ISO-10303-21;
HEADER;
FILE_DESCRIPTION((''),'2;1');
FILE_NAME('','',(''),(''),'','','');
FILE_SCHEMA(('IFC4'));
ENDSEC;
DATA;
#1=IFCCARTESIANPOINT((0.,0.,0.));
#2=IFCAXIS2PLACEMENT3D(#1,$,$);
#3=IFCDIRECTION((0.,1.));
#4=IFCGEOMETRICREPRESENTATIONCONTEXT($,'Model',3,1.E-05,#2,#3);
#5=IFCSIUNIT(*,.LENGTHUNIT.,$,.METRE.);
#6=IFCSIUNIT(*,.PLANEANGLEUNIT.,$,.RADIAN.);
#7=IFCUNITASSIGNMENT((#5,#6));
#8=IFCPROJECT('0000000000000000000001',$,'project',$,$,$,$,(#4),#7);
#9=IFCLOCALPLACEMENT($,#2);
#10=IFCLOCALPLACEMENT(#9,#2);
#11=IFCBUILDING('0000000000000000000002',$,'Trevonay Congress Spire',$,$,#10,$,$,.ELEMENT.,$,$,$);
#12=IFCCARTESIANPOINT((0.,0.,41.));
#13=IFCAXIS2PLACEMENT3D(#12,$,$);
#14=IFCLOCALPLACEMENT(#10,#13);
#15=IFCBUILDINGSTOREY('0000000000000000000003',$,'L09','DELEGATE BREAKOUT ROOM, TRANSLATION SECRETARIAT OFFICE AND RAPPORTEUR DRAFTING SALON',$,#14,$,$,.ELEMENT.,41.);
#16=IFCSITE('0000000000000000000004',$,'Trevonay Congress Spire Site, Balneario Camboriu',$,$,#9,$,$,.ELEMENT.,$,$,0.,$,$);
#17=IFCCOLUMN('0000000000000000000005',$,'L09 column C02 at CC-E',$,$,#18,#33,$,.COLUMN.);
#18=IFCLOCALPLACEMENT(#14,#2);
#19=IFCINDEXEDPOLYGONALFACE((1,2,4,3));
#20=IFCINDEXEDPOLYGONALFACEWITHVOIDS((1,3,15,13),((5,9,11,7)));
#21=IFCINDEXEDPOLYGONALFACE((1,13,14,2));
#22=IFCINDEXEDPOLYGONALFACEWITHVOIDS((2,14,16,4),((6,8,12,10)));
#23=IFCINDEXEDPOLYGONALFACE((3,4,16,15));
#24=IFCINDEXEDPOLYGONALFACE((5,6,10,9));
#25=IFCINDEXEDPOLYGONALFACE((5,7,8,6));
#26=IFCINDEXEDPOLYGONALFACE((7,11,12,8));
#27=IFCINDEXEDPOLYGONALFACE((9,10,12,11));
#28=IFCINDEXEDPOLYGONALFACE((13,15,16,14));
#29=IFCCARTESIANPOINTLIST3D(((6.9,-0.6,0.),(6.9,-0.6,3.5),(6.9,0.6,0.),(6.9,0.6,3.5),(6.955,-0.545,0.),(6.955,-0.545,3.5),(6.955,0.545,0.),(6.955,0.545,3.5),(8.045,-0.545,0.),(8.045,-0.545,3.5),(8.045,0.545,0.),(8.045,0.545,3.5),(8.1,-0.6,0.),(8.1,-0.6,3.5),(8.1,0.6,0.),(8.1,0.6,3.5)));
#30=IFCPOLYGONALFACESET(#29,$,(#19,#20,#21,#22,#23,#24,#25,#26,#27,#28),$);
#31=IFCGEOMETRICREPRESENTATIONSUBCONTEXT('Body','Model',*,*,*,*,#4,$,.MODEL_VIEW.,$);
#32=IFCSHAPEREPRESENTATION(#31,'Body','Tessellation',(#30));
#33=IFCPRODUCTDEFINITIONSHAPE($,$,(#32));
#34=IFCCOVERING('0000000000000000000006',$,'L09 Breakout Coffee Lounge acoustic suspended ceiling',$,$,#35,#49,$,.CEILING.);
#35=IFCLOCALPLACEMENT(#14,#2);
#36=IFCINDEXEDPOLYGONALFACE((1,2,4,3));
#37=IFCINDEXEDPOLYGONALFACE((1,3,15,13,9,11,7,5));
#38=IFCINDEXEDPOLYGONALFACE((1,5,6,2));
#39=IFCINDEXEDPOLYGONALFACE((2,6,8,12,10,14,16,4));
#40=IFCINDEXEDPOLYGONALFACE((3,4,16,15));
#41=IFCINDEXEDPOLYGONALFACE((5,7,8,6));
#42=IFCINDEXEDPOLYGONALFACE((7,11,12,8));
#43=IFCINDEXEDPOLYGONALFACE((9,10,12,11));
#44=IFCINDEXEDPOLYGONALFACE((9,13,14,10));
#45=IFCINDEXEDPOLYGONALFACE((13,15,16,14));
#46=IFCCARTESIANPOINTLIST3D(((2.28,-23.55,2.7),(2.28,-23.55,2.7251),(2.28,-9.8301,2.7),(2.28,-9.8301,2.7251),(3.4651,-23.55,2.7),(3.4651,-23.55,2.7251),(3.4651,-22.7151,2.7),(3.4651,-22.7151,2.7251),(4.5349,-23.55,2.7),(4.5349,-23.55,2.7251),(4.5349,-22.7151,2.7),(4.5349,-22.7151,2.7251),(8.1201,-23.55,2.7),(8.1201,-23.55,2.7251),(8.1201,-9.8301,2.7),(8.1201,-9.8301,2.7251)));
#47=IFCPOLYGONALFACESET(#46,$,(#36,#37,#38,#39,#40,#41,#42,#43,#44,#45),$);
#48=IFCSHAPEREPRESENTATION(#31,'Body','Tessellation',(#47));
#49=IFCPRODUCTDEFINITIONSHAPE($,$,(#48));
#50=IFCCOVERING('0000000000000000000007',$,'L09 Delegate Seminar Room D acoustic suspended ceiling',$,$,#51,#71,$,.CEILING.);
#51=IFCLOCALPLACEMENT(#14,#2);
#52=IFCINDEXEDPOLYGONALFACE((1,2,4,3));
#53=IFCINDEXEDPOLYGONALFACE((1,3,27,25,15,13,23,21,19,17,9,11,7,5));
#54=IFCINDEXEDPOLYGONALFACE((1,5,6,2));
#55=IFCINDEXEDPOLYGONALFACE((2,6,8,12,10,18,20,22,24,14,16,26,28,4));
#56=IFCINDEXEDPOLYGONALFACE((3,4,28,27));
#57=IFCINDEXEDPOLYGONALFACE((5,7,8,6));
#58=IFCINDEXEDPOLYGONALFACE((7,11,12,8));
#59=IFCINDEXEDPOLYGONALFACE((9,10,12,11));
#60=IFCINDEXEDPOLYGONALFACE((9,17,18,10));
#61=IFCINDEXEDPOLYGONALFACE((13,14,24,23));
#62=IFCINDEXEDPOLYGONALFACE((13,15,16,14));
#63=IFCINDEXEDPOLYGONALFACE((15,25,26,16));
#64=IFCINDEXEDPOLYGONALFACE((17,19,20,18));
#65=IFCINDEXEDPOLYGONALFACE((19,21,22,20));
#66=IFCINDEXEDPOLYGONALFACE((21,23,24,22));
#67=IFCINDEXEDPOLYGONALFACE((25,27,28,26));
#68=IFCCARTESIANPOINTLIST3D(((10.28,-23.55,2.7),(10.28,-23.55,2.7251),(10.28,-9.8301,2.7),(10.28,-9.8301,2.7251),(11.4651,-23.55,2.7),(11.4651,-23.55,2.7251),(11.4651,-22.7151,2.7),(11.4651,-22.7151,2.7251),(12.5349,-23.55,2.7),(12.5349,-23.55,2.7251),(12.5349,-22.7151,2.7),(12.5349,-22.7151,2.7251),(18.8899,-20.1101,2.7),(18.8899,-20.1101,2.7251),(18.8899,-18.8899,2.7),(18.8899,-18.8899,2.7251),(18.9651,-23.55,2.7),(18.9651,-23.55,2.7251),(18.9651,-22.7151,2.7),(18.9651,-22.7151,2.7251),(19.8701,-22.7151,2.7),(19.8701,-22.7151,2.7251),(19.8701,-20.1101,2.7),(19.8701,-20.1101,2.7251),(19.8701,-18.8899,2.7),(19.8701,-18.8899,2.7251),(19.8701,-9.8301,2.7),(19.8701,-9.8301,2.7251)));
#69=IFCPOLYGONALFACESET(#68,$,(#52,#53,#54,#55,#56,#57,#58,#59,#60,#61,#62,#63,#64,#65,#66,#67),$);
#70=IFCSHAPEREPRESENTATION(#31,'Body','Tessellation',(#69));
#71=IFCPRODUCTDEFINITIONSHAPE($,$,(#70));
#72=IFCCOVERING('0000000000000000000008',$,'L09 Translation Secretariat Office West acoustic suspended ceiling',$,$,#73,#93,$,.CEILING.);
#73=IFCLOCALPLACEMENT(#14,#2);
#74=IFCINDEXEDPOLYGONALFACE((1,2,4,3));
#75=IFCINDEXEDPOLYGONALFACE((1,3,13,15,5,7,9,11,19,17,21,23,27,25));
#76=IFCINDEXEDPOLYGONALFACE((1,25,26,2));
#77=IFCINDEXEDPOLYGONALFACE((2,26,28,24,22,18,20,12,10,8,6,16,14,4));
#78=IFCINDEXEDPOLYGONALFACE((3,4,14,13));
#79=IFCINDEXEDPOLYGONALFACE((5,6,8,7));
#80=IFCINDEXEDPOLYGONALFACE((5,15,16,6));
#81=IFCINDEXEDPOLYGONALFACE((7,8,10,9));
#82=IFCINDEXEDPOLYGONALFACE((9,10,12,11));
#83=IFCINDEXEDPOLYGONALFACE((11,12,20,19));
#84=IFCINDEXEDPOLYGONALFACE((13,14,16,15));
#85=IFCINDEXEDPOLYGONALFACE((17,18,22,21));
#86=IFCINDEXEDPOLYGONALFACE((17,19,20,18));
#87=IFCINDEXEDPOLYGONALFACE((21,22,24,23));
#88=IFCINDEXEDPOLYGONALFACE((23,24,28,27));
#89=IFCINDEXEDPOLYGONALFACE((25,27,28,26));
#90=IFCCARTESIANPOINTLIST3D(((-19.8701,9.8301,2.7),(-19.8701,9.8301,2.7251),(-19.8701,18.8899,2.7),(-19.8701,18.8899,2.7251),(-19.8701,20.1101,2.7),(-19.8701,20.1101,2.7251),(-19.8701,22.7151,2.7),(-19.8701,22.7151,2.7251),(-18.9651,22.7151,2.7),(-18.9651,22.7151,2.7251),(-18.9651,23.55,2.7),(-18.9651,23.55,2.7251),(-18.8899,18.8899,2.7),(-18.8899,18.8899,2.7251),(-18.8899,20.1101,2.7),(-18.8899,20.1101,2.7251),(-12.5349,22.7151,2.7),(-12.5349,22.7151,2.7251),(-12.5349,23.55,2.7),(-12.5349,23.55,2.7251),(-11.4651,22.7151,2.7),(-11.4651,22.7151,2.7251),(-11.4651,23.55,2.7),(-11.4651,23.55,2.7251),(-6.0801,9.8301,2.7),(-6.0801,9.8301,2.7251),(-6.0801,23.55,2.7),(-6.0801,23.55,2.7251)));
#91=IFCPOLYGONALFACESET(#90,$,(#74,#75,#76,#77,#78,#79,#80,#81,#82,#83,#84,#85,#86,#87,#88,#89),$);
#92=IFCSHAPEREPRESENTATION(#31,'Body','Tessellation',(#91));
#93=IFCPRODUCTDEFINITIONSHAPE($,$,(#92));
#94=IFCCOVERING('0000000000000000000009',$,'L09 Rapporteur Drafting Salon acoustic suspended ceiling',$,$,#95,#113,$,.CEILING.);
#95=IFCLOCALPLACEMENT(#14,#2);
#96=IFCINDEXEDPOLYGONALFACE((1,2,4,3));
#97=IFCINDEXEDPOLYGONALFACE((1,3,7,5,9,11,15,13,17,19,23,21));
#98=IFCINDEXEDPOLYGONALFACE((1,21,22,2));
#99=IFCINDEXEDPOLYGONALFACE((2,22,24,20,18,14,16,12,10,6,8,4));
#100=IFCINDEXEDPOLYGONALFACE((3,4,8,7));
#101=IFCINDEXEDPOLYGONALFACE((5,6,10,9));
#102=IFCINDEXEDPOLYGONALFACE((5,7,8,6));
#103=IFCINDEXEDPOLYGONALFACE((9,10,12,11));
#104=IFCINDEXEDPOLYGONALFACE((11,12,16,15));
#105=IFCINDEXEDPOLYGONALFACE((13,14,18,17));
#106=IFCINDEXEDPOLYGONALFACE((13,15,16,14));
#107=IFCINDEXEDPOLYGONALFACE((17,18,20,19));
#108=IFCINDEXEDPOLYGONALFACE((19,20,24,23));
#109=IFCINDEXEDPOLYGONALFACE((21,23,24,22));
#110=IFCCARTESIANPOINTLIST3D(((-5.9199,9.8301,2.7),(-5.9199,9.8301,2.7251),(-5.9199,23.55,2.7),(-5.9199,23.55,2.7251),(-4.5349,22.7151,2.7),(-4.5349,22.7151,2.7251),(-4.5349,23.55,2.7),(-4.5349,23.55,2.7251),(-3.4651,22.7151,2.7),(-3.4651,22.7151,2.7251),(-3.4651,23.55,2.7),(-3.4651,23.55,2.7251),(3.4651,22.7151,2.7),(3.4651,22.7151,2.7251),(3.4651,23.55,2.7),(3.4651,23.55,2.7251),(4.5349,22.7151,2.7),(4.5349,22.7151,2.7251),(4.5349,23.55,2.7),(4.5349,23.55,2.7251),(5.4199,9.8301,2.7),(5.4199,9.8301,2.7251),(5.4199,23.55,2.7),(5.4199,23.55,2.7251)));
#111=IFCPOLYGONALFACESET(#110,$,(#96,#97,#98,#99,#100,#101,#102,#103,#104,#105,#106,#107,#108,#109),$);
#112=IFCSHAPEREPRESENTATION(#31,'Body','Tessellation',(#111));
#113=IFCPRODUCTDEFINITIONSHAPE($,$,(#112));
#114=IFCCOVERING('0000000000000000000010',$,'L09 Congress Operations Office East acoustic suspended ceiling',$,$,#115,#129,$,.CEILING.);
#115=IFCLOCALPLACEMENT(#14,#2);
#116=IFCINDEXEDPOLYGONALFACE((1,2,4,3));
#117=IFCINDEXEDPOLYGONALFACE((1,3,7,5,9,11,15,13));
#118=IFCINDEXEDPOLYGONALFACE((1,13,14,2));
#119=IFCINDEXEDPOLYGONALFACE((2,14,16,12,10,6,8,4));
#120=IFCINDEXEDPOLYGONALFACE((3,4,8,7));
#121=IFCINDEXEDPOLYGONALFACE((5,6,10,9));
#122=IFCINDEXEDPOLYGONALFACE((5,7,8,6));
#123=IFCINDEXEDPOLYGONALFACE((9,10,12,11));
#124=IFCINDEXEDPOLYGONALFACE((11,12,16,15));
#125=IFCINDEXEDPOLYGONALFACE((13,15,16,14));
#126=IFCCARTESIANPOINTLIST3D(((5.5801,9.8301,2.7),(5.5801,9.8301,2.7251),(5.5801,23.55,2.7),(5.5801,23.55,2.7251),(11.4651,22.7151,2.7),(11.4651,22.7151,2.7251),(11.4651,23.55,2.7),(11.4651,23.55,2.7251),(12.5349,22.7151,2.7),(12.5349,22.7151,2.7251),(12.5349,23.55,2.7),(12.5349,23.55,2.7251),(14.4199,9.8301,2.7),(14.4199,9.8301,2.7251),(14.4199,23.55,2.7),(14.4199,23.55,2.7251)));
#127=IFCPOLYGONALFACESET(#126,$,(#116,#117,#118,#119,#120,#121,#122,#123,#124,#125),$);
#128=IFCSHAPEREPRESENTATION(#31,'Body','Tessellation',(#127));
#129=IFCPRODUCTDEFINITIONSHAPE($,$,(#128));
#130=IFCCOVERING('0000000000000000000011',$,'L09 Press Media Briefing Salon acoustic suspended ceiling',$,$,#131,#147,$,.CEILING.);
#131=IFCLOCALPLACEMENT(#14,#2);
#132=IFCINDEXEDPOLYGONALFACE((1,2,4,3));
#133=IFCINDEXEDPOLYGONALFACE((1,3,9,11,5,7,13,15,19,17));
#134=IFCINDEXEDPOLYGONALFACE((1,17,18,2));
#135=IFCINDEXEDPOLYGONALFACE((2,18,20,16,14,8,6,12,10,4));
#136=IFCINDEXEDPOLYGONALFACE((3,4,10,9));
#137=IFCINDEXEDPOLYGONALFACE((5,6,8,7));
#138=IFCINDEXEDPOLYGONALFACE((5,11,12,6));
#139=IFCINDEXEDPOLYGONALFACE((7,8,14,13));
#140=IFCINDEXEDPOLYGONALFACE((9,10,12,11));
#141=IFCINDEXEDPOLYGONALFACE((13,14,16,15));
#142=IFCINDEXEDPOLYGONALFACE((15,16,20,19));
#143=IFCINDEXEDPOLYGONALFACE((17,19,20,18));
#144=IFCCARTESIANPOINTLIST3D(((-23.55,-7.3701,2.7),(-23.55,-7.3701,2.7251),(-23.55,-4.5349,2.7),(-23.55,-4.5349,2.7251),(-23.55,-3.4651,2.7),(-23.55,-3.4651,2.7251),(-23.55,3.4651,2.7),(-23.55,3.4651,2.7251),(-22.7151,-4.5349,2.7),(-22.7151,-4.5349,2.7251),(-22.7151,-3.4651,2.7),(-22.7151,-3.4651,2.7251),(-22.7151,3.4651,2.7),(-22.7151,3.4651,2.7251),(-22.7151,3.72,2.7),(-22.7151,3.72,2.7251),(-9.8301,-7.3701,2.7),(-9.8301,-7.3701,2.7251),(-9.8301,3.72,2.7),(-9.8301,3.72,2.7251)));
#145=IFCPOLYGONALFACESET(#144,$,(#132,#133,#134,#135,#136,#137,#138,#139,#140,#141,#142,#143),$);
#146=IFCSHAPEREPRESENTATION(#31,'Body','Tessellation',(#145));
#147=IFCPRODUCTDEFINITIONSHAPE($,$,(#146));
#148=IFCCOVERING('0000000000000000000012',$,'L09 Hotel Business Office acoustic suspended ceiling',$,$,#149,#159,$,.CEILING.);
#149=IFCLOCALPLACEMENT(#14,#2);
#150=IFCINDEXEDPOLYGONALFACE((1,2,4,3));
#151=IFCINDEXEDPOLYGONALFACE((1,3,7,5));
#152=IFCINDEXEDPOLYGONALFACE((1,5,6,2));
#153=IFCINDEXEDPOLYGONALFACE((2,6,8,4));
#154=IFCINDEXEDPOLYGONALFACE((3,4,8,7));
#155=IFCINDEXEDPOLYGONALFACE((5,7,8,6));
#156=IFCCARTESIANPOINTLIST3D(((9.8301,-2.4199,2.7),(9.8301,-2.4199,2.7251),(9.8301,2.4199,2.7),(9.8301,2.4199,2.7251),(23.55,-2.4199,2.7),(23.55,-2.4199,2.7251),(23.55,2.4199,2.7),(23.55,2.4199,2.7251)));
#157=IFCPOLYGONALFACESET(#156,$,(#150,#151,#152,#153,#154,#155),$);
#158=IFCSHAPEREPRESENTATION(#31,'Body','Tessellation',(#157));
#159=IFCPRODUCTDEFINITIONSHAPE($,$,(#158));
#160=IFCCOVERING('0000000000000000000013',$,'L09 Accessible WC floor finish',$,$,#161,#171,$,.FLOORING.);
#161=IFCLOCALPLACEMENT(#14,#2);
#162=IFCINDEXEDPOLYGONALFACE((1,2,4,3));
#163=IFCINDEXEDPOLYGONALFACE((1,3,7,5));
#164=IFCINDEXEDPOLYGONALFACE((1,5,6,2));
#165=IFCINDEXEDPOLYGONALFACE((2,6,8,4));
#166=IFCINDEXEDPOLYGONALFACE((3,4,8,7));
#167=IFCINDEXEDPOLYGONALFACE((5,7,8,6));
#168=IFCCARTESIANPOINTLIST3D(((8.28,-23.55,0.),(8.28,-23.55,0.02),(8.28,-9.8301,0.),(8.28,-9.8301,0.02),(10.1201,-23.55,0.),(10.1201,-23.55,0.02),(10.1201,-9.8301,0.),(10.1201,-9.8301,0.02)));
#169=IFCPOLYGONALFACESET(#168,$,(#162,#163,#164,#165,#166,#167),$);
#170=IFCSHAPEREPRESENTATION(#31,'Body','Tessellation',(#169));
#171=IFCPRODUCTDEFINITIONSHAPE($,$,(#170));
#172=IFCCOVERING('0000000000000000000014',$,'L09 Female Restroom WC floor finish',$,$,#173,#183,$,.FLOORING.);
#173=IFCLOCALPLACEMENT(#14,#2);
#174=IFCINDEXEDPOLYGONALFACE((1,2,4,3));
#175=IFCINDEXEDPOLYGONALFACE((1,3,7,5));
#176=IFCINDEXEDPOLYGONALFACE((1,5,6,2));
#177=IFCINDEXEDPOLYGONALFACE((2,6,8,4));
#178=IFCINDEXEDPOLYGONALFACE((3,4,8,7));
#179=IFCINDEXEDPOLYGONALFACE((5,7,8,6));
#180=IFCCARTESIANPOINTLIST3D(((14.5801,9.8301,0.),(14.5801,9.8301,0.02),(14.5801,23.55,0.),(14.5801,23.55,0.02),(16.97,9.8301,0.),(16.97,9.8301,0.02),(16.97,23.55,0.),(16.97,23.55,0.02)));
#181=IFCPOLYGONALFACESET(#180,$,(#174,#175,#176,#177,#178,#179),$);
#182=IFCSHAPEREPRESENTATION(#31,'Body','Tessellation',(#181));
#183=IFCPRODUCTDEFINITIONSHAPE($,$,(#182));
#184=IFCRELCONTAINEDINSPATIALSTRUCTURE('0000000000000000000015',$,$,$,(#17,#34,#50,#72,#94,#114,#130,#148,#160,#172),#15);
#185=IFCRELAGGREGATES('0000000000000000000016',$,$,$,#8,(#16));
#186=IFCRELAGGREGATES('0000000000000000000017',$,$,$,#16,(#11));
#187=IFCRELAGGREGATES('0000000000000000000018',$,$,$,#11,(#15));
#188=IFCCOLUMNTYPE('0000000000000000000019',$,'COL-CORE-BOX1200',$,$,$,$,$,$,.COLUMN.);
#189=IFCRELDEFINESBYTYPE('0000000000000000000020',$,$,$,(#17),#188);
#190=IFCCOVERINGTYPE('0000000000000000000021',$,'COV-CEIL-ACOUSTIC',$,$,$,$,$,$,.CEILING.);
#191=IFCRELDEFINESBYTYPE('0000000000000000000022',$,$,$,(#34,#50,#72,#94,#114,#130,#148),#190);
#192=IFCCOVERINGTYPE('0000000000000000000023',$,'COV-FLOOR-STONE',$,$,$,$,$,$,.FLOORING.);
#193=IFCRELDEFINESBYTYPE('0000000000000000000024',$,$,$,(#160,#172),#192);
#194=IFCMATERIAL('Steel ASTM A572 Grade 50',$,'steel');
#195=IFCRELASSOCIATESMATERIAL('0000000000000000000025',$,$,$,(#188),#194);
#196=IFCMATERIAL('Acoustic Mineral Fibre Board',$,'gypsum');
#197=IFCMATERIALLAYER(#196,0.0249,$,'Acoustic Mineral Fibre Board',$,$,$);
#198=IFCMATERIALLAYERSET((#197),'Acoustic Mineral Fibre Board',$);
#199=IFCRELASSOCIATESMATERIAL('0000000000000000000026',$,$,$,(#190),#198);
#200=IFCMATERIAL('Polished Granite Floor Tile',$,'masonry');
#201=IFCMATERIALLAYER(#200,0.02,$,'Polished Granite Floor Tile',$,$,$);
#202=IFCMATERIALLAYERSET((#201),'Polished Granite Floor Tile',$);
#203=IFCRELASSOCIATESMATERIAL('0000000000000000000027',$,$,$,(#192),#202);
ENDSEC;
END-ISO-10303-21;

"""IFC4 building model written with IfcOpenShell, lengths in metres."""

from ifc_helpers import new_model, si_unit, direction, frame, origin, origin_2d, place, context, subcontext, project, spatial, polyline, hollow_rectangle, outline, extrude, material, layer, layer_set, material_profile, profile_set, type_object, element, save


model = new_model("IFC4")

# Units and contexts
model_context = context("Model", 3, precision=1e-05, world=origin(), true_north=direction((0.0, 1.0)))
body_context = subcontext(model_context, "Body", "Model", "MODEL_VIEW")
ifc_project = project(units=[si_unit("LENGTHUNIT", "METRE"), si_unit("PLANEANGLEUNIT", "RADIAN")], contexts=[model_context])

# Site, building, storey
site_placement = place(None, origin())
site = spatial("IfcSite", under=ifc_project, at=site_placement, Name="Trevonay Congress Spire Site, Balneario Camboriu", CompositionType="ELEMENT", RefElevation=0.0)
building_placement = place(site_placement, origin())
building = spatial("IfcBuilding", under=site, at=building_placement, Name="Trevonay Congress Spire", CompositionType="ELEMENT")
storey_placement = place(building_placement, frame((0.0, 0.0, 41.0)))
storey = spatial("IfcBuildingStorey", under=building, at=storey_placement, Name="L09", Description="DELEGATE BREAKOUT ROOM, TRANSLATION SECRETARIAT OFFICE AND RAPPORTEUR DRAFTING SALON", CompositionType="ELEMENT", Elevation=41.0)

# Column
ifc_material_1 = material(Name="Steel ASTM A572 Grade 50", Category="steel")
ifc_material_profile = material_profile(ifc_material_1, hollow_rectangle(XDim=1.2, YDim=1.2, WallThickness=0.0549, at=origin_2d()), Name="BOX 1200x1200x55")
ifc_profile_set = profile_set([ifc_material_profile], Name="Steel ASTM A572 Grade 50")
column_type = type_object("IfcColumnType", Name="COL-CORE-BOX1200", PredefinedType="COLUMN", material=ifc_profile_set)
column_placement = place(storey_placement, frame((7.5, 0.0, 0.0), z_axis=(0.0, 0.0, 1.0), x_axis=(1.0, 0.0, 0.0)))
element("IfcColumn", 1, at=column_placement, inside=storey, type_object=column_type, Name="L09 column C02 at CC-E", PredefinedType="COLUMN", context=body_context, shape_type="SweptSolid", body=[
    extrude(hollow_rectangle(XDim=1.2, YDim=1.2, WallThickness=0.0549, at=origin_2d()), origin(), (0.0, 0.0, 1.0), 3.5),
])

# Coverings
ifc_material_2 = material(Name="Acoustic Mineral Fibre Board", Category="gypsum")
ifc_layer_1 = layer(ifc_material_2, 0.0249, Name="Acoustic Mineral Fibre Board")
ifc_layer_set_1 = layer_set([ifc_layer_1], Name="Acoustic Mineral Fibre Board")
covering_type_1 = type_object("IfcCoveringType", Name="COV-CEIL-ACOUSTIC", PredefinedType="CEILING", material=ifc_layer_set_1)
covering_1_placement = place(storey_placement, frame((0.0, 0.0, 2.7)))
element("IfcCovering", 2, at=covering_1_placement, inside=storey, type_object=covering_type_1, Name="L09 Breakout Coffee Lounge acoustic suspended ceiling", PredefinedType="CEILING", context=body_context, shape_type="SweptSolid", body=[
    extrude(outline(polyline([(2.28, -23.55), (2.28, -9.8301), (8.1201, -9.8301), (8.1201, -23.55), (4.5349, -23.55), (4.5349, -22.7151), (3.4651, -22.7151), (3.4651, -23.55), (2.28, -23.55)])), origin(), (0.0, 0.0, 1.0), 0.0251),
])
covering_2_placement = place(storey_placement, frame((0.0, 0.0, 2.7)))
element("IfcCovering", 3, at=covering_2_placement, inside=storey, type_object=covering_type_1, Name="L09 Delegate Seminar Room D acoustic suspended ceiling", PredefinedType="CEILING", context=body_context, shape_type="SweptSolid", body=[
    extrude(outline(polyline([(10.28, -23.55), (10.28, -9.8301), (19.8701, -9.8301), (19.8701, -18.8899), (18.8899, -18.8899), (18.8899, -20.1101), (19.8701, -20.1101), (19.8701, -22.7151), (18.9651, -22.7151), (18.9651, -23.55), (12.5349, -23.55), (12.5349, -22.7151), (11.4651, -22.7151), (11.4651, -23.55), (10.28, -23.55)])), origin(), (0.0, 0.0, 1.0), 0.0251),
])
covering_3_placement = place(storey_placement, frame((0.0, 0.0, 2.7)))
element("IfcCovering", 4, at=covering_3_placement, inside=storey, type_object=covering_type_1, Name="L09 Translation Secretariat Office West acoustic suspended ceiling", PredefinedType="CEILING", context=body_context, shape_type="SweptSolid", body=[
    extrude(outline(polyline([(-6.0801, 23.55), (-6.0801, 9.8301), (-19.8701, 9.8301), (-19.8701, 18.8899), (-18.8899, 18.8899), (-18.8899, 20.1101), (-19.8701, 20.1101), (-19.8701, 22.7151), (-18.9651, 22.7151), (-18.9651, 23.55), (-12.5349, 23.55), (-12.5349, 22.7151), (-11.4651, 22.7151), (-11.4651, 23.55), (-6.0801, 23.55)])), origin(), (0.0, 0.0, 1.0), 0.0251),
])
covering_4_placement = place(storey_placement, frame((0.0, 0.0, 2.7)))
element("IfcCovering", 5, at=covering_4_placement, inside=storey, type_object=covering_type_1, Name="L09 Rapporteur Drafting Salon acoustic suspended ceiling", PredefinedType="CEILING", context=body_context, shape_type="SweptSolid", body=[
    extrude(outline(polyline([(5.4199, 23.55), (5.4199, 9.8301), (-5.9199, 9.8301), (-5.9199, 23.55), (-4.5349, 23.55), (-4.5349, 22.7151), (-3.4651, 22.7151), (-3.4651, 23.55), (3.4651, 23.55), (3.4651, 22.7151), (4.5349, 22.7151), (4.5349, 23.55), (5.4199, 23.55)])), origin(), (0.0, 0.0, 1.0), 0.0251),
])
covering_5_placement = place(storey_placement, frame((0.0, 0.0, 2.7)))
element("IfcCovering", 6, at=covering_5_placement, inside=storey, type_object=covering_type_1, Name="L09 Congress Operations Office East acoustic suspended ceiling", PredefinedType="CEILING", context=body_context, shape_type="SweptSolid", body=[
    extrude(outline(polyline([(14.4199, 23.55), (14.4199, 9.8301), (5.5801, 9.8301), (5.5801, 23.55), (11.4651, 23.55), (11.4651, 22.7151), (12.5349, 22.7151), (12.5349, 23.55), (14.4199, 23.55)])), origin(), (0.0, 0.0, 1.0), 0.0251),
])
covering_6_placement = place(storey_placement, frame((0.0, 0.0, 2.7)))
element("IfcCovering", 7, at=covering_6_placement, inside=storey, type_object=covering_type_1, Name="L09 Press Media Briefing Salon acoustic suspended ceiling", PredefinedType="CEILING", context=body_context, shape_type="SweptSolid", body=[
    extrude(outline(polyline([(-9.8301, 3.72), (-9.8301, -7.3701), (-23.55, -7.3701), (-23.55, -4.5349), (-22.7151, -4.5349), (-22.7151, -3.4651), (-23.55, -3.4651), (-23.55, 3.4651), (-22.7151, 3.4651), (-22.7151, 3.72), (-9.8301, 3.72)])), origin(), (0.0, 0.0, 1.0), 0.0251),
])
covering_7_placement = place(storey_placement, frame((0.0, 0.0, 2.7)))
element("IfcCovering", 8, at=covering_7_placement, inside=storey, type_object=covering_type_1, Name="L09 Hotel Business Office acoustic suspended ceiling", PredefinedType="CEILING", context=body_context, shape_type="SweptSolid", body=[
    extrude(outline(polyline([(9.8301, -2.4199), (23.55, -2.4199), (23.55, 2.4199), (9.8301, 2.4199), (9.8301, -2.4199)])), origin(), (0.0, 0.0, 1.0), 0.0251),
])
ifc_material_3 = material(Name="Polished Granite Floor Tile", Category="masonry")
ifc_layer_2 = layer(ifc_material_3, 0.02, Name="Polished Granite Floor Tile")
ifc_layer_set_2 = layer_set([ifc_layer_2], Name="Polished Granite Floor Tile")
covering_type_2 = type_object("IfcCoveringType", Name="COV-FLOOR-STONE", PredefinedType="FLOORING", material=ifc_layer_set_2)
covering_8_placement = place(storey_placement, origin())
element("IfcCovering", 9, at=covering_8_placement, inside=storey, type_object=covering_type_2, Name="L09 Accessible WC floor finish", PredefinedType="FLOORING", context=body_context, shape_type="SweptSolid", body=[
    extrude(outline(polyline([(8.28, -23.55), (10.1201, -23.55), (10.1201, -9.8301), (8.28, -9.8301), (8.28, -23.55)])), origin(), (0.0, 0.0, 1.0), 0.02),
])
covering_9_placement = place(storey_placement, origin())
element("IfcCovering", 10, at=covering_9_placement, inside=storey, type_object=covering_type_2, Name="L09 Female Restroom WC floor finish", PredefinedType="FLOORING", context=body_context, shape_type="SweptSolid", body=[
    extrude(outline(polyline([(14.5801, 9.8301), (16.97, 9.8301), (16.97, 23.55), (14.5801, 23.55), (14.5801, 9.8301)])), origin(), (0.0, 0.0, 1.0), 0.02),
])

save(model, "model.ifc")
